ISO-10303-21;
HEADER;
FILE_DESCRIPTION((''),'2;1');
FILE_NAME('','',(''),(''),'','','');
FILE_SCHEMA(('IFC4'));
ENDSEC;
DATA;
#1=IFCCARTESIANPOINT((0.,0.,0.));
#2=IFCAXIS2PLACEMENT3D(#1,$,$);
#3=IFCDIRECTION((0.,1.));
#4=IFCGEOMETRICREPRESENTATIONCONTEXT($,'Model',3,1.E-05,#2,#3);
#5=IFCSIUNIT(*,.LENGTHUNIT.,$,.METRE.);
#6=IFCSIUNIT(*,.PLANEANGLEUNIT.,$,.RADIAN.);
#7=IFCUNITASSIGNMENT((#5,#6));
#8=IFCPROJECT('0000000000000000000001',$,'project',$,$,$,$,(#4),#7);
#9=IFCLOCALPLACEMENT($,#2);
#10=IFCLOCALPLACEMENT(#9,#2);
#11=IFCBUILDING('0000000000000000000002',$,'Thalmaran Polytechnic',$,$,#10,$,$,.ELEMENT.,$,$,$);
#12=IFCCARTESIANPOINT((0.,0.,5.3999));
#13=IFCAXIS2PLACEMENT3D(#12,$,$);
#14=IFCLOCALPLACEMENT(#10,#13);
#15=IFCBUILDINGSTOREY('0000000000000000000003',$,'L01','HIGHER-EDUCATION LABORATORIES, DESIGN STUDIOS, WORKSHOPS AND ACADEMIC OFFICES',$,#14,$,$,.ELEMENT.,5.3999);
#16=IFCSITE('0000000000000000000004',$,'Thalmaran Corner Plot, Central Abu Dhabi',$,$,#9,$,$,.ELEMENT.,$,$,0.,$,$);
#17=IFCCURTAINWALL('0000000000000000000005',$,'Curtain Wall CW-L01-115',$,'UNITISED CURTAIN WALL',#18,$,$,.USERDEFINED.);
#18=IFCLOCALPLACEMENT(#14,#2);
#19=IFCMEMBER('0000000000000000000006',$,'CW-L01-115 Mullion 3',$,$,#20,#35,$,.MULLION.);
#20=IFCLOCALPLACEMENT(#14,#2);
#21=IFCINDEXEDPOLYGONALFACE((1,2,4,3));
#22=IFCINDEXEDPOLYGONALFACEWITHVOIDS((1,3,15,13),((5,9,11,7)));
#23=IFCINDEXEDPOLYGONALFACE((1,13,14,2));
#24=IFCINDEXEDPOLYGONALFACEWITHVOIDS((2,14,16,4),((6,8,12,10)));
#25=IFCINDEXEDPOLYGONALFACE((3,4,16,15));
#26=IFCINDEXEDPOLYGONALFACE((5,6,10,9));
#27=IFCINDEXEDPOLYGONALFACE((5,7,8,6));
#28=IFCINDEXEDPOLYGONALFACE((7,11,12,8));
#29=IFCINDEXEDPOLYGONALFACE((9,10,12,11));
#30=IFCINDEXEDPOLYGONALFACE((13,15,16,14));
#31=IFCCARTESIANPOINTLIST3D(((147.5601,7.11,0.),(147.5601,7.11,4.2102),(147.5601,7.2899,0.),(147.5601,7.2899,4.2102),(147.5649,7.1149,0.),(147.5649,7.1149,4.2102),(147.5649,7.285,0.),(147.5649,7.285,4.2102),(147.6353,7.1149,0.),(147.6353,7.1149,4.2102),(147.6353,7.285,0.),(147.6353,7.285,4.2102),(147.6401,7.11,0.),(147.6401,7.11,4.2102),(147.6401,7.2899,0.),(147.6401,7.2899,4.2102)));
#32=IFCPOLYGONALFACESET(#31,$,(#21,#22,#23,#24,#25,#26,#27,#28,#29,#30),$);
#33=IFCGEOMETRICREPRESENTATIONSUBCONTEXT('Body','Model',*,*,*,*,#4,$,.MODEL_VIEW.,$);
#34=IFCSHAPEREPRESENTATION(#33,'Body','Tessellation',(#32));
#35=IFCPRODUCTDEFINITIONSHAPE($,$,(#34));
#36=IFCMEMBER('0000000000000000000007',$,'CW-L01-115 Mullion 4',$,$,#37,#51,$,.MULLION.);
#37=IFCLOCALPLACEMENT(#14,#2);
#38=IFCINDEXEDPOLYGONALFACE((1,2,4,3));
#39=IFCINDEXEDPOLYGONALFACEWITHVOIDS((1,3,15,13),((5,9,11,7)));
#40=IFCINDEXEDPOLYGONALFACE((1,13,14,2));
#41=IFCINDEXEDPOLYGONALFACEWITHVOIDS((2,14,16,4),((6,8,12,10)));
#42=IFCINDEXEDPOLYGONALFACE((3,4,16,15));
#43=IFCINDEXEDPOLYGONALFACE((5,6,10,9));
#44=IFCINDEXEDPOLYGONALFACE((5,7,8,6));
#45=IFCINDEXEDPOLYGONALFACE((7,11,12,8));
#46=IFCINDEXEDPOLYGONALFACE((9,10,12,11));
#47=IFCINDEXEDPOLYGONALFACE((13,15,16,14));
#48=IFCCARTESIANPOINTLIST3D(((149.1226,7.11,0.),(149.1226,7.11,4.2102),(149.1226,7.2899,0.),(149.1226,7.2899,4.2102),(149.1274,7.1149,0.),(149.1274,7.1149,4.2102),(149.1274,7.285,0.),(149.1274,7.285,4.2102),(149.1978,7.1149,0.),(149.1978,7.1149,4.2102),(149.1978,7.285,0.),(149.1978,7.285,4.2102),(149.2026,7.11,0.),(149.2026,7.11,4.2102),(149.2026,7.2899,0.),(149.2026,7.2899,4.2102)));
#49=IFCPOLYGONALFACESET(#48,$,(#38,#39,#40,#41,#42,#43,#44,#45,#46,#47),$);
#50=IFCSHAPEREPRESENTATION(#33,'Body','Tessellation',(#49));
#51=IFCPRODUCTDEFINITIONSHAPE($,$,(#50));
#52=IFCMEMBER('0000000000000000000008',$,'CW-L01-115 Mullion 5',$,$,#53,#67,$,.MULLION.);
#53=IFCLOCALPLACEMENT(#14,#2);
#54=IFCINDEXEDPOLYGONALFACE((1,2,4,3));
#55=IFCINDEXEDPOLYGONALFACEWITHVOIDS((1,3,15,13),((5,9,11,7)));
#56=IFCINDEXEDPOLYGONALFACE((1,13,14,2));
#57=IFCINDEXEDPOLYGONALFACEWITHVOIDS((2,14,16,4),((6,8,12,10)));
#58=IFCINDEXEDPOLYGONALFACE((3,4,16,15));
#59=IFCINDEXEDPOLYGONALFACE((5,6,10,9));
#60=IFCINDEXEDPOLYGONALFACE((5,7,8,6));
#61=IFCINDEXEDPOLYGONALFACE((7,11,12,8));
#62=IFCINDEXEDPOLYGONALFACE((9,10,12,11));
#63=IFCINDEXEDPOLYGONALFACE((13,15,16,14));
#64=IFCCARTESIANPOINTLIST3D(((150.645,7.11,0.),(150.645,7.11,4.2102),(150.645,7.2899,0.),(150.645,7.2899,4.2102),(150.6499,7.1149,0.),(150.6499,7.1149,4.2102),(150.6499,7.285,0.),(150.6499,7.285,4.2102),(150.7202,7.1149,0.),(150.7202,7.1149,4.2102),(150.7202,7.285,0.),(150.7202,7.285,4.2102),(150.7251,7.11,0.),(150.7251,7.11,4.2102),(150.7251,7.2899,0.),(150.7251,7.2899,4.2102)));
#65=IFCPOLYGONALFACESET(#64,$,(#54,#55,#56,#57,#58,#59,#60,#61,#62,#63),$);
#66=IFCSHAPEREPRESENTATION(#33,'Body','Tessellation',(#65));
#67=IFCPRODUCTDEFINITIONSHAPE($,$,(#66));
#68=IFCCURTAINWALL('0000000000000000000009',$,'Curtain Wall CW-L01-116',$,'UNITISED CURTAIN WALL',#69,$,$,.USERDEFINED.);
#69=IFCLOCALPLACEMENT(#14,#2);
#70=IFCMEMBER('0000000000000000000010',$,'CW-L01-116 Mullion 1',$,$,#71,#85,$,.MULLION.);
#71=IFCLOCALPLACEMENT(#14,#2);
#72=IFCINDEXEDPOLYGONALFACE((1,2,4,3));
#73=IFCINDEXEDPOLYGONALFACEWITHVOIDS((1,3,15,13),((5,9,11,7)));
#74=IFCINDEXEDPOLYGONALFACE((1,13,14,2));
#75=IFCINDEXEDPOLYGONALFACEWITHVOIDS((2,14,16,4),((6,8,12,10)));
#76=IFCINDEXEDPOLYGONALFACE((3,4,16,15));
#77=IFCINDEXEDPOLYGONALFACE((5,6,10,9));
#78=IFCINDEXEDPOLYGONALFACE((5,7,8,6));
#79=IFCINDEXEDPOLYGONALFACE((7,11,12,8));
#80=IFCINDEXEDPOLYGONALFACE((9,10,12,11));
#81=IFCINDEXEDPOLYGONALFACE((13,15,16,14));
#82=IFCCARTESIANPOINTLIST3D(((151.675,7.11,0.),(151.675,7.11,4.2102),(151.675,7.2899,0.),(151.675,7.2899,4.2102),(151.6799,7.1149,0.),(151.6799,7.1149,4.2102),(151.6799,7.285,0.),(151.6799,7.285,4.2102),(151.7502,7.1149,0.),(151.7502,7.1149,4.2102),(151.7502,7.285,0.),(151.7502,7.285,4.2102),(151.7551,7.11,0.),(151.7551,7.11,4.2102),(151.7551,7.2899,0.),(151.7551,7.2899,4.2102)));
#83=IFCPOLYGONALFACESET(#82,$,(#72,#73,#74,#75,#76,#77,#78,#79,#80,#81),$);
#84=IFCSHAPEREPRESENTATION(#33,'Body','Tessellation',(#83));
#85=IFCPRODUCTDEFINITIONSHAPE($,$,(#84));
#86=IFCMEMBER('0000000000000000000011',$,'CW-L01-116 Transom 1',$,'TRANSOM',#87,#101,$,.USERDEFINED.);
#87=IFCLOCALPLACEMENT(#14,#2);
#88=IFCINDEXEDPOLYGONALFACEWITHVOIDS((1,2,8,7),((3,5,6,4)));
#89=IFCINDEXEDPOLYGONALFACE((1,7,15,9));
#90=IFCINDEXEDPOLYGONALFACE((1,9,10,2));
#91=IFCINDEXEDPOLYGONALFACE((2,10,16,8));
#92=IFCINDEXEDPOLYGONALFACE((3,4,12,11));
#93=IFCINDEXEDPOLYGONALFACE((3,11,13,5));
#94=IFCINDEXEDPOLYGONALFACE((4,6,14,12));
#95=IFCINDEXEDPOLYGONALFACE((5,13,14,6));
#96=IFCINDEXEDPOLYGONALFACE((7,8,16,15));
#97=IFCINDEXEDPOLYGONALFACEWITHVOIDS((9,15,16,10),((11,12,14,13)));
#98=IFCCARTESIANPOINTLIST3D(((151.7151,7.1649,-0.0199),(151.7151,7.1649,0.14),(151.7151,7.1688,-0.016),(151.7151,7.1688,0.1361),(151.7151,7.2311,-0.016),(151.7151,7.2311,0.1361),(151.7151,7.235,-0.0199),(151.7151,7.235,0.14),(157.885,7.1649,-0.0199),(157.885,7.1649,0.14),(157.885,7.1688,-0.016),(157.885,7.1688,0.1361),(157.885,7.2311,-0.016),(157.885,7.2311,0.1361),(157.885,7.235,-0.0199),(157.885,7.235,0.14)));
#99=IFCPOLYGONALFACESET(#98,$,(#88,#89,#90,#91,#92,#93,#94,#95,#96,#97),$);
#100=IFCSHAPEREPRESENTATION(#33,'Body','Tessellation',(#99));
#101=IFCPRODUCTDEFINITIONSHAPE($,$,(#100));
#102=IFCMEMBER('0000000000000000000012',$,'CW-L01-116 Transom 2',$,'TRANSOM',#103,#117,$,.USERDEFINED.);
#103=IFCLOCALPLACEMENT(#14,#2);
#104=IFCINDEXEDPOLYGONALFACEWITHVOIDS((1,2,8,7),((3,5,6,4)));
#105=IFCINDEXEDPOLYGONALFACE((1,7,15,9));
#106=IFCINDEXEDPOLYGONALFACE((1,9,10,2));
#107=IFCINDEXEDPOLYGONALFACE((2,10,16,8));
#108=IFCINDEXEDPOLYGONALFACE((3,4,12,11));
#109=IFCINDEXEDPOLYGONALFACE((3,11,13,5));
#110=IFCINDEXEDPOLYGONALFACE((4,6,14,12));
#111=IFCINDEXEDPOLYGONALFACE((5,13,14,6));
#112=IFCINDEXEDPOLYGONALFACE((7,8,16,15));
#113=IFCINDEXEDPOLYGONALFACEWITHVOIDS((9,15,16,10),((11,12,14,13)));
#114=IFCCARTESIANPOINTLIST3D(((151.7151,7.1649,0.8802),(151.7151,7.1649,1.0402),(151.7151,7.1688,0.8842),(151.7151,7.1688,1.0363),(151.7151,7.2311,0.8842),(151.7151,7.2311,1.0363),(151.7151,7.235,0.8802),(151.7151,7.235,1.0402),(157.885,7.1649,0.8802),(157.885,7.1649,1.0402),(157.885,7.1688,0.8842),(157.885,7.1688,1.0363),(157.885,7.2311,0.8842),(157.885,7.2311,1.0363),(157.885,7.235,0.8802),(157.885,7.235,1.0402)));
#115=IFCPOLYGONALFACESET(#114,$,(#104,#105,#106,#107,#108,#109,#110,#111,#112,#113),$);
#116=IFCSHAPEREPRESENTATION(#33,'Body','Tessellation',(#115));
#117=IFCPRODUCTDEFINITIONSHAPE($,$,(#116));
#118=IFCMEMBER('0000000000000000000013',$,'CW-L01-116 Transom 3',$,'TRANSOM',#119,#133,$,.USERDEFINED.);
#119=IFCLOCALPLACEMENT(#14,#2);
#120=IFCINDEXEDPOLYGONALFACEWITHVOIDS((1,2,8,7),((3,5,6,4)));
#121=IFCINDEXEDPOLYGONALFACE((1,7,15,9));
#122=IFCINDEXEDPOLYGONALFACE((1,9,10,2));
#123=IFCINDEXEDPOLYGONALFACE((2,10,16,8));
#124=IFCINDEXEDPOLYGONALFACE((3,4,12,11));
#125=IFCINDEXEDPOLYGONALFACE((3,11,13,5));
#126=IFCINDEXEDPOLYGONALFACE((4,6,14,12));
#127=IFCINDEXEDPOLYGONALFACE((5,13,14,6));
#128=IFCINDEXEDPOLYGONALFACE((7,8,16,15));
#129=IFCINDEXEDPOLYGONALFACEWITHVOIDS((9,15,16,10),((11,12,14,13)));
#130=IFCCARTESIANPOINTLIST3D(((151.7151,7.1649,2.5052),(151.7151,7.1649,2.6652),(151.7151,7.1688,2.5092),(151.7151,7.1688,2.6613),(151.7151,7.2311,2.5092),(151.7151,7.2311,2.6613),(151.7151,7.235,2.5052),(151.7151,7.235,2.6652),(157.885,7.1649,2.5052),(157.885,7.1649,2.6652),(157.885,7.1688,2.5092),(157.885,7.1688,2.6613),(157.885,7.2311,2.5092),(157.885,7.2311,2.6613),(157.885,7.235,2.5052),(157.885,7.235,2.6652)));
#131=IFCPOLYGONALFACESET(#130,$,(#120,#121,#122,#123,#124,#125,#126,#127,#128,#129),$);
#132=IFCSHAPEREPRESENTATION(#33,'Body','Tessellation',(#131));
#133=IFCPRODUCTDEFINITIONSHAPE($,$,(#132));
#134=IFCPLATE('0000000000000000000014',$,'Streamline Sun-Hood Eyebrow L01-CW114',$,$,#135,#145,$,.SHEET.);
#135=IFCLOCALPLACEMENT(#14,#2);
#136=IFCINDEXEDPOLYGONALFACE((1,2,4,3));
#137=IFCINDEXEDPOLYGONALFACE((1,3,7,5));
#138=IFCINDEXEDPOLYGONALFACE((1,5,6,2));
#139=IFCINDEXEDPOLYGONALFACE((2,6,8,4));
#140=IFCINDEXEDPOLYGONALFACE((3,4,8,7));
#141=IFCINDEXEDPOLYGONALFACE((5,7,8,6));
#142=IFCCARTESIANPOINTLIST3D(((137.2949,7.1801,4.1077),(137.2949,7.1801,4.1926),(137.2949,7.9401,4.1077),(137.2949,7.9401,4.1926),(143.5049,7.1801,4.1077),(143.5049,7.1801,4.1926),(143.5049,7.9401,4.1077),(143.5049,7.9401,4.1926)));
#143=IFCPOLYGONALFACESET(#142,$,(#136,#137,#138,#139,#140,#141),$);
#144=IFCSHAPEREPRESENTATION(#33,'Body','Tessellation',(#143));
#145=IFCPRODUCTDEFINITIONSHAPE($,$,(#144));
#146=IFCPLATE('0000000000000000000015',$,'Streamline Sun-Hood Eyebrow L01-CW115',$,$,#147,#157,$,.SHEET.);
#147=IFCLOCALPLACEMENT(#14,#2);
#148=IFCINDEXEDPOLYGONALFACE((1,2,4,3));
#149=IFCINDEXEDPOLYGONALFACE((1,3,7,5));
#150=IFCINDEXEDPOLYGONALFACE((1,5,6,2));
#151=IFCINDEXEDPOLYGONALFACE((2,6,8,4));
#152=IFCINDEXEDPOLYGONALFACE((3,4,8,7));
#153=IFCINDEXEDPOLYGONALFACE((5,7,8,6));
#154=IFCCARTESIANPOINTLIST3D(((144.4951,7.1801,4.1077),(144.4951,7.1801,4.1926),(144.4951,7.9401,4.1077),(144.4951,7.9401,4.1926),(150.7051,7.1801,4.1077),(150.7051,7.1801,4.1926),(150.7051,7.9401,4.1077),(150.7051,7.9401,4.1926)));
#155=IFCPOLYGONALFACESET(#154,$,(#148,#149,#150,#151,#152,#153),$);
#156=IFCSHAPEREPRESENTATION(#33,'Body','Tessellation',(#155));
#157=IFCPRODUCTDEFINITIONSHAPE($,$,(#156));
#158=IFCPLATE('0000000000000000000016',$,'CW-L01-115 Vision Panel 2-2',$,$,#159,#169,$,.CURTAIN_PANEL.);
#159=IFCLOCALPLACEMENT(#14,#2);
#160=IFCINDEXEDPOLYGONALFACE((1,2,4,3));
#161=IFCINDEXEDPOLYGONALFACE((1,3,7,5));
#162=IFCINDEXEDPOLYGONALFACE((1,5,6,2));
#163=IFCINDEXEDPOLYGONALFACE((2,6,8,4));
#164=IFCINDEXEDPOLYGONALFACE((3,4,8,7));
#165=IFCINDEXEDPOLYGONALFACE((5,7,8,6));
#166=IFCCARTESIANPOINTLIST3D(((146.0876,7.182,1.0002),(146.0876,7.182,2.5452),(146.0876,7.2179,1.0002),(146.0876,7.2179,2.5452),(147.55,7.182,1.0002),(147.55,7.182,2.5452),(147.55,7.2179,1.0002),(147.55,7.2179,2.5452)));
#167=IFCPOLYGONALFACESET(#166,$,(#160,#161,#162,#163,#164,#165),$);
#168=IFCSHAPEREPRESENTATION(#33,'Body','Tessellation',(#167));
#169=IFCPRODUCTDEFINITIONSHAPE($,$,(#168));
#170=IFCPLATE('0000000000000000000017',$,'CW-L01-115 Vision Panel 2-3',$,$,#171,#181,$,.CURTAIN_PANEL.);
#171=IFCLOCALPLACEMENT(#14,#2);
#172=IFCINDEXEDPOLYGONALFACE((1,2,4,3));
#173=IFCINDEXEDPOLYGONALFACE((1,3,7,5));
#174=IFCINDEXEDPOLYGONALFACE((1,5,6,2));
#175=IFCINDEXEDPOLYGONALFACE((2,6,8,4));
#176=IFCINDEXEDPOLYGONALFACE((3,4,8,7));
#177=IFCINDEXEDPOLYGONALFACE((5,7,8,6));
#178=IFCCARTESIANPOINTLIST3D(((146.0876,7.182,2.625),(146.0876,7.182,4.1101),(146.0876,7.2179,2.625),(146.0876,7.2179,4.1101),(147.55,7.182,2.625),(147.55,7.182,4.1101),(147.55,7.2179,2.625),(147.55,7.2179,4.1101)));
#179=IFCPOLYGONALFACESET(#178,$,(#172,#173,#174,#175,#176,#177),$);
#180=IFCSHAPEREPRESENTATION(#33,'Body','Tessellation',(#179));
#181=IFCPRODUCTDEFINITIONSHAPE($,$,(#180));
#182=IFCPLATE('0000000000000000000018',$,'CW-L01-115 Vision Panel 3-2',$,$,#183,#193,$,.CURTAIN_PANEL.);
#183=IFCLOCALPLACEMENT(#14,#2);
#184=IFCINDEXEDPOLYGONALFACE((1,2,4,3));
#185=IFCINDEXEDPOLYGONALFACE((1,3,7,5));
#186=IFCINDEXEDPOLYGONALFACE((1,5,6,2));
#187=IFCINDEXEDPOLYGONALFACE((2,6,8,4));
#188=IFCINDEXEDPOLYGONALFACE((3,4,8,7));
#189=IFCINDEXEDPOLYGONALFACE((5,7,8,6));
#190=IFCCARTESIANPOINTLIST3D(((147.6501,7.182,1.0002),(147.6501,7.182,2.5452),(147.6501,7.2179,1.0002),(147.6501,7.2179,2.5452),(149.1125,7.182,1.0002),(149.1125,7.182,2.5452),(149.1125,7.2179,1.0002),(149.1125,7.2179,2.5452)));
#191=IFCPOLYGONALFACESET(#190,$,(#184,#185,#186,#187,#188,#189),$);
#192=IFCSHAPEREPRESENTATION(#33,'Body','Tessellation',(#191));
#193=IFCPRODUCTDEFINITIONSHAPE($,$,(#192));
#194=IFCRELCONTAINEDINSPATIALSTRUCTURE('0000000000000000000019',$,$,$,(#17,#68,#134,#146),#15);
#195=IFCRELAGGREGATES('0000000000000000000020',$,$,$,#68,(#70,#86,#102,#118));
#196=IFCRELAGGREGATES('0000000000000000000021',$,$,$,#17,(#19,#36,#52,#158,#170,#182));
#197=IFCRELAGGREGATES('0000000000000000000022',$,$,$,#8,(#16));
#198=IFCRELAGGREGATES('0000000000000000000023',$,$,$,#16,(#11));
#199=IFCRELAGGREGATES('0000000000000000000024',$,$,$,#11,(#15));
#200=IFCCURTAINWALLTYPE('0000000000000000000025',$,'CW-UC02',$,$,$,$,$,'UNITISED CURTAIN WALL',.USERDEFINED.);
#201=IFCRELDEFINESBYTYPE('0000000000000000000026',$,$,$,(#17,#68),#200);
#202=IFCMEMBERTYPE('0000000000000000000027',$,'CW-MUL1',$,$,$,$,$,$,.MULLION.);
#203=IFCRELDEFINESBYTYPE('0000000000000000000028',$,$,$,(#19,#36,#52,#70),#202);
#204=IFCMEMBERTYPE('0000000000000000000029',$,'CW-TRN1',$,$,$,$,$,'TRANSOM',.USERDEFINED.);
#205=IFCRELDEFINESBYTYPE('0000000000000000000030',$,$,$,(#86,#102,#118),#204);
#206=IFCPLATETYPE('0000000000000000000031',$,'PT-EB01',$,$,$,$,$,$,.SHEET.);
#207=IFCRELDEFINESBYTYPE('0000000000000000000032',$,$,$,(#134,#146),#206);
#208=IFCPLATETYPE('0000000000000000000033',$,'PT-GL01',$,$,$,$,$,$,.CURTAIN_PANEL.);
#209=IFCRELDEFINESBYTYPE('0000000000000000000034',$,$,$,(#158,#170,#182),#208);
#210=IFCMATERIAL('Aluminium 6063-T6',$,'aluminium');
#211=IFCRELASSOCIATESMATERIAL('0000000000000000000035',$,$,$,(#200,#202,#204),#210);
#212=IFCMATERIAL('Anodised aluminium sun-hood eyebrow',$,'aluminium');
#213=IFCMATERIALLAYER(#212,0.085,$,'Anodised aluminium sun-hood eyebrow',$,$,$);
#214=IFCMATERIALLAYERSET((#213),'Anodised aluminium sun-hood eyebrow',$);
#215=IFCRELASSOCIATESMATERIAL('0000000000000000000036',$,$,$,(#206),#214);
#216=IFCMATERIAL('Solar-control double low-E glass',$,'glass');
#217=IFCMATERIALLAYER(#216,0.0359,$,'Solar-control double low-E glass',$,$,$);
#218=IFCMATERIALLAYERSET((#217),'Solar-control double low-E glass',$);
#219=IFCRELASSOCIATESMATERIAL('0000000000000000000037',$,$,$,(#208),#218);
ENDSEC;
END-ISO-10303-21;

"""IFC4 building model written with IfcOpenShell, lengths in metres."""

from ifc_helpers import new_model, si_unit, direction, frame, origin, origin_2d, place, context, subcontext, project, spatial, rectangle, hollow_rectangle, extrude, material, layer, layer_set, material_profile, profile_set, type_object, element, aggregate, save


model = new_model("IFC4")

# Units and contexts
model_context = context("Model", 3, precision=1e-05, world=origin(), true_north=direction((0.0, 1.0)))
body_context = subcontext(model_context, "Body", "Model", "MODEL_VIEW")
ifc_project = project(units=[si_unit("LENGTHUNIT", "METRE"), si_unit("PLANEANGLEUNIT", "RADIAN")], contexts=[model_context])

# Site, building, storey
site_placement = place(None, origin())
site = spatial("IfcSite", under=ifc_project, at=site_placement, Name="Thalmaran Corner Plot, Central Abu Dhabi", CompositionType="ELEMENT", RefElevation=0.0)
building_placement = place(site_placement, origin())
building = spatial("IfcBuilding", under=site, at=building_placement, Name="Thalmaran Polytechnic", CompositionType="ELEMENT")
storey_placement = place(building_placement, frame((0.0, 0.0, 5.3999)))
storey = spatial("IfcBuildingStorey", under=building, at=storey_placement, Name="L01", Description="HIGHER-EDUCATION LABORATORIES, DESIGN STUDIOS, WORKSHOPS AND ACADEMIC OFFICES", CompositionType="ELEMENT", Elevation=5.3999)

# Curtain walls, members
ifc_material_1 = material(Name="Aluminium 6063-T6", Category="aluminium")
curtain_wall_type = type_object("IfcCurtainWallType", Name="CW-UC02", ElementType="UNITISED CURTAIN WALL", PredefinedType="USERDEFINED", material=ifc_material_1)
curtain_wall_1_placement = place(storey_placement, origin())
curtain_wall_1 = element("IfcCurtainWall", 1, at=curtain_wall_1_placement, inside=storey, type_object=curtain_wall_type, Name="Curtain Wall CW-L01-115", ObjectType="UNITISED CURTAIN WALL", PredefinedType="USERDEFINED")
ifc_material_profile_1 = material_profile(ifc_material_1, hollow_rectangle(XDim=0.0801, YDim=0.1799, WallThickness=0.0049, at=origin_2d()), Name="RHS 180x80x5.0")
ifc_profile_set_1 = profile_set([ifc_material_profile_1], Name="Aluminium 6063-T6")
member_type_1 = type_object("IfcMemberType", Name="CW-MUL1", PredefinedType="MULLION", material=ifc_profile_set_1)
member_1_placement = place(storey_placement, frame((147.6001, 7.2, 0.0), z_axis=(0.0, 0.0, 1.0), x_axis=(1.0, 0.0, 0.0)))
member_1 = element("IfcMember", 2, at=member_1_placement, type_object=member_type_1, Name="CW-L01-115 Mullion 3", PredefinedType="MULLION", context=body_context, shape_type="SweptSolid", body=[
    extrude(hollow_rectangle(XDim=0.0801, YDim=0.1799, WallThickness=0.0049, at=origin_2d()), origin(), (0.0, 0.0, 1.0), 4.2102),
])
member_2_placement = place(storey_placement, frame((149.1626, 7.2, 0.0), z_axis=(0.0, 0.0, 1.0), x_axis=(1.0, 0.0, 0.0)))
member_2 = element("IfcMember", 3, at=member_2_placement, type_object=member_type_1, Name="CW-L01-115 Mullion 4", PredefinedType="MULLION", context=body_context, shape_type="SweptSolid", body=[
    extrude(hollow_rectangle(XDim=0.0801, YDim=0.1799, WallThickness=0.0049, at=origin_2d()), origin(), (0.0, 0.0, 1.0), 4.2102),
])
member_3_placement = place(storey_placement, frame((150.6851, 7.2, 0.0), z_axis=(0.0, 0.0, 1.0), x_axis=(1.0, 0.0, 0.0)))
member_3 = element("IfcMember", 4, at=member_3_placement, type_object=member_type_1, Name="CW-L01-115 Mullion 5", PredefinedType="MULLION", context=body_context, shape_type="SweptSolid", body=[
    extrude(hollow_rectangle(XDim=0.0801, YDim=0.1799, WallThickness=0.0049, at=origin_2d()), origin(), (0.0, 0.0, 1.0), 4.2102),
])
curtain_wall_2_placement = place(storey_placement, origin())
curtain_wall_2 = element("IfcCurtainWall", 5, at=curtain_wall_2_placement, inside=storey, type_object=curtain_wall_type, Name="Curtain Wall CW-L01-116", ObjectType="UNITISED CURTAIN WALL", PredefinedType="USERDEFINED")
member_4_placement = place(storey_placement, frame((151.7151, 7.2, 0.0), z_axis=(0.0, 0.0, 1.0), x_axis=(1.0, 0.0, 0.0)))
member_4 = element("IfcMember", 6, at=member_4_placement, type_object=member_type_1, Name="CW-L01-116 Mullion 1", PredefinedType="MULLION", context=body_context, shape_type="SweptSolid", body=[
    extrude(hollow_rectangle(XDim=0.0801, YDim=0.1799, WallThickness=0.0049, at=origin_2d()), origin(), (0.0, 0.0, 1.0), 4.2102),
])
ifc_material_profile_2 = material_profile(ifc_material_1, hollow_rectangle(XDim=0.0701, YDim=0.1599, WallThickness=0.0039, at=origin_2d()), Name="AL 160x70x4.0")
ifc_profile_set_2 = profile_set([ifc_material_profile_2], Name="Aluminium 6063-T6")
member_type_2 = type_object("IfcMemberType", Name="CW-TRN1", ElementType="TRANSOM", PredefinedType="USERDEFINED", material=ifc_profile_set_2)
member_5_placement = place(storey_placement, frame((151.7151, 7.2, 0.0601), z_axis=(1.0, 0.0, 0.0), x_axis=(0.0, 1.0, 0.0)))
member_5 = element("IfcMember", 7, at=member_5_placement, type_object=member_type_2, Name="CW-L01-116 Transom 1", ObjectType="TRANSOM", PredefinedType="USERDEFINED", context=body_context, shape_type="SweptSolid", body=[
    extrude(hollow_rectangle(XDim=0.0701, YDim=0.1599, WallThickness=0.0039, at=origin_2d()), origin(), (0.0, 0.0, 1.0), 6.1699),
])
member_6_placement = place(storey_placement, frame((151.7151, 7.2, 0.9602), z_axis=(1.0, 0.0, 0.0), x_axis=(0.0, 1.0, 0.0)))
member_6 = element("IfcMember", 8, at=member_6_placement, type_object=member_type_2, Name="CW-L01-116 Transom 2", ObjectType="TRANSOM", PredefinedType="USERDEFINED", context=body_context, shape_type="SweptSolid", body=[
    extrude(hollow_rectangle(XDim=0.0701, YDim=0.1599, WallThickness=0.0039, at=origin_2d()), origin(), (0.0, 0.0, 1.0), 6.1699),
])
member_7_placement = place(storey_placement, frame((151.7151, 7.2, 2.5852), z_axis=(1.0, 0.0, 0.0), x_axis=(0.0, 1.0, 0.0)))
member_7 = element("IfcMember", 9, at=member_7_placement, type_object=member_type_2, Name="CW-L01-116 Transom 3", ObjectType="TRANSOM", PredefinedType="USERDEFINED", context=body_context, shape_type="SweptSolid", body=[
    extrude(hollow_rectangle(XDim=0.0701, YDim=0.1599, WallThickness=0.0039, at=origin_2d()), origin(), (0.0, 0.0, 1.0), 6.1699),
])
aggregate(curtain_wall_2, [member_4, member_5, member_6, member_7])

# Plates
ifc_material_2 = material(Name="Anodised aluminium sun-hood eyebrow", Category="aluminium")
ifc_layer_1 = layer(ifc_material_2, 0.085, Name="Anodised aluminium sun-hood eyebrow")
ifc_layer_set_1 = layer_set([ifc_layer_1], Name="Anodised aluminium sun-hood eyebrow")
plate_type_1 = type_object("IfcPlateType", Name="PT-EB01", PredefinedType="SHEET", material=ifc_layer_set_1)
for number, where, z_axis, x_axis, name in (
    (10, (140.3999, 7.5601, 4.1077), (0.0, 0.0, 1.0), (1.0, 0.0, 0.0), "Streamline Sun-Hood Eyebrow L01-CW114"),
    (11, (147.6001, 7.5601, 4.1077), (0.0, 0.0, 1.0), (1.0, 0.0, 0.0), "Streamline Sun-Hood Eyebrow L01-CW115"),
):
    element("IfcPlate", number, at=place(storey_placement, frame(where, z_axis=z_axis, x_axis=x_axis)), inside=storey, type_object=plate_type_1, Name=name, PredefinedType="SHEET", context=body_context, shape_type="SweptSolid", body=[
        extrude(rectangle(XDim=6.21, YDim=0.76, at=origin_2d()), origin(), (0.0, 0.0, 1.0), 0.085),
    ])

# Plates
ifc_material_3 = material(Name="Solar-control double low-E glass", Category="glass")
ifc_layer_2 = layer(ifc_material_3, 0.0359, Name="Solar-control double low-E glass")
ifc_layer_set_2 = layer_set([ifc_layer_2], Name="Solar-control double low-E glass")
plate_type_2 = type_object("IfcPlateType", Name="PT-GL01", PredefinedType="CURTAIN_PANEL", material=ifc_layer_set_2)
plate_1_placement = place(storey_placement, frame((146.8188, 7.2, 1.0002), z_axis=(0.0, 0.0, 1.0), x_axis=(1.0, 0.0, 0.0)))
plate_1 = element("IfcPlate", 12, at=plate_1_placement, type_object=plate_type_2, Name="CW-L01-115 Vision Panel 2-2", PredefinedType="CURTAIN_PANEL", context=body_context, shape_type="SweptSolid", body=[
    extrude(rectangle(XDim=1.4624, YDim=0.0359, at=origin_2d()), origin(), (0.0, 0.0, 1.0), 1.5449),
])
plate_2_placement = place(storey_placement, frame((146.8188, 7.2, 2.625), z_axis=(0.0, 0.0, 1.0), x_axis=(1.0, 0.0, 0.0)))
plate_2 = element("IfcPlate", 13, at=plate_2_placement, type_object=plate_type_2, Name="CW-L01-115 Vision Panel 2-3", PredefinedType="CURTAIN_PANEL", context=body_context, shape_type="SweptSolid", body=[
    extrude(rectangle(XDim=1.4624, YDim=0.0359, at=origin_2d()), origin(), (0.0, 0.0, 1.0), 1.4851),
])
plate_3_placement = place(storey_placement, frame((148.3813, 7.2, 1.0002), z_axis=(0.0, 0.0, 1.0), x_axis=(1.0, 0.0, 0.0)))
plate_3 = element("IfcPlate", 14, at=plate_3_placement, type_object=plate_type_2, Name="CW-L01-115 Vision Panel 3-2", PredefinedType="CURTAIN_PANEL", context=body_context, shape_type="SweptSolid", body=[
    extrude(rectangle(XDim=1.4624, YDim=0.0359, at=origin_2d()), origin(), (0.0, 0.0, 1.0), 1.5449),
])
aggregate(curtain_wall_1, [member_1, member_2, member_3, plate_1, plate_2, plate_3])

save(model, "model.ifc")
